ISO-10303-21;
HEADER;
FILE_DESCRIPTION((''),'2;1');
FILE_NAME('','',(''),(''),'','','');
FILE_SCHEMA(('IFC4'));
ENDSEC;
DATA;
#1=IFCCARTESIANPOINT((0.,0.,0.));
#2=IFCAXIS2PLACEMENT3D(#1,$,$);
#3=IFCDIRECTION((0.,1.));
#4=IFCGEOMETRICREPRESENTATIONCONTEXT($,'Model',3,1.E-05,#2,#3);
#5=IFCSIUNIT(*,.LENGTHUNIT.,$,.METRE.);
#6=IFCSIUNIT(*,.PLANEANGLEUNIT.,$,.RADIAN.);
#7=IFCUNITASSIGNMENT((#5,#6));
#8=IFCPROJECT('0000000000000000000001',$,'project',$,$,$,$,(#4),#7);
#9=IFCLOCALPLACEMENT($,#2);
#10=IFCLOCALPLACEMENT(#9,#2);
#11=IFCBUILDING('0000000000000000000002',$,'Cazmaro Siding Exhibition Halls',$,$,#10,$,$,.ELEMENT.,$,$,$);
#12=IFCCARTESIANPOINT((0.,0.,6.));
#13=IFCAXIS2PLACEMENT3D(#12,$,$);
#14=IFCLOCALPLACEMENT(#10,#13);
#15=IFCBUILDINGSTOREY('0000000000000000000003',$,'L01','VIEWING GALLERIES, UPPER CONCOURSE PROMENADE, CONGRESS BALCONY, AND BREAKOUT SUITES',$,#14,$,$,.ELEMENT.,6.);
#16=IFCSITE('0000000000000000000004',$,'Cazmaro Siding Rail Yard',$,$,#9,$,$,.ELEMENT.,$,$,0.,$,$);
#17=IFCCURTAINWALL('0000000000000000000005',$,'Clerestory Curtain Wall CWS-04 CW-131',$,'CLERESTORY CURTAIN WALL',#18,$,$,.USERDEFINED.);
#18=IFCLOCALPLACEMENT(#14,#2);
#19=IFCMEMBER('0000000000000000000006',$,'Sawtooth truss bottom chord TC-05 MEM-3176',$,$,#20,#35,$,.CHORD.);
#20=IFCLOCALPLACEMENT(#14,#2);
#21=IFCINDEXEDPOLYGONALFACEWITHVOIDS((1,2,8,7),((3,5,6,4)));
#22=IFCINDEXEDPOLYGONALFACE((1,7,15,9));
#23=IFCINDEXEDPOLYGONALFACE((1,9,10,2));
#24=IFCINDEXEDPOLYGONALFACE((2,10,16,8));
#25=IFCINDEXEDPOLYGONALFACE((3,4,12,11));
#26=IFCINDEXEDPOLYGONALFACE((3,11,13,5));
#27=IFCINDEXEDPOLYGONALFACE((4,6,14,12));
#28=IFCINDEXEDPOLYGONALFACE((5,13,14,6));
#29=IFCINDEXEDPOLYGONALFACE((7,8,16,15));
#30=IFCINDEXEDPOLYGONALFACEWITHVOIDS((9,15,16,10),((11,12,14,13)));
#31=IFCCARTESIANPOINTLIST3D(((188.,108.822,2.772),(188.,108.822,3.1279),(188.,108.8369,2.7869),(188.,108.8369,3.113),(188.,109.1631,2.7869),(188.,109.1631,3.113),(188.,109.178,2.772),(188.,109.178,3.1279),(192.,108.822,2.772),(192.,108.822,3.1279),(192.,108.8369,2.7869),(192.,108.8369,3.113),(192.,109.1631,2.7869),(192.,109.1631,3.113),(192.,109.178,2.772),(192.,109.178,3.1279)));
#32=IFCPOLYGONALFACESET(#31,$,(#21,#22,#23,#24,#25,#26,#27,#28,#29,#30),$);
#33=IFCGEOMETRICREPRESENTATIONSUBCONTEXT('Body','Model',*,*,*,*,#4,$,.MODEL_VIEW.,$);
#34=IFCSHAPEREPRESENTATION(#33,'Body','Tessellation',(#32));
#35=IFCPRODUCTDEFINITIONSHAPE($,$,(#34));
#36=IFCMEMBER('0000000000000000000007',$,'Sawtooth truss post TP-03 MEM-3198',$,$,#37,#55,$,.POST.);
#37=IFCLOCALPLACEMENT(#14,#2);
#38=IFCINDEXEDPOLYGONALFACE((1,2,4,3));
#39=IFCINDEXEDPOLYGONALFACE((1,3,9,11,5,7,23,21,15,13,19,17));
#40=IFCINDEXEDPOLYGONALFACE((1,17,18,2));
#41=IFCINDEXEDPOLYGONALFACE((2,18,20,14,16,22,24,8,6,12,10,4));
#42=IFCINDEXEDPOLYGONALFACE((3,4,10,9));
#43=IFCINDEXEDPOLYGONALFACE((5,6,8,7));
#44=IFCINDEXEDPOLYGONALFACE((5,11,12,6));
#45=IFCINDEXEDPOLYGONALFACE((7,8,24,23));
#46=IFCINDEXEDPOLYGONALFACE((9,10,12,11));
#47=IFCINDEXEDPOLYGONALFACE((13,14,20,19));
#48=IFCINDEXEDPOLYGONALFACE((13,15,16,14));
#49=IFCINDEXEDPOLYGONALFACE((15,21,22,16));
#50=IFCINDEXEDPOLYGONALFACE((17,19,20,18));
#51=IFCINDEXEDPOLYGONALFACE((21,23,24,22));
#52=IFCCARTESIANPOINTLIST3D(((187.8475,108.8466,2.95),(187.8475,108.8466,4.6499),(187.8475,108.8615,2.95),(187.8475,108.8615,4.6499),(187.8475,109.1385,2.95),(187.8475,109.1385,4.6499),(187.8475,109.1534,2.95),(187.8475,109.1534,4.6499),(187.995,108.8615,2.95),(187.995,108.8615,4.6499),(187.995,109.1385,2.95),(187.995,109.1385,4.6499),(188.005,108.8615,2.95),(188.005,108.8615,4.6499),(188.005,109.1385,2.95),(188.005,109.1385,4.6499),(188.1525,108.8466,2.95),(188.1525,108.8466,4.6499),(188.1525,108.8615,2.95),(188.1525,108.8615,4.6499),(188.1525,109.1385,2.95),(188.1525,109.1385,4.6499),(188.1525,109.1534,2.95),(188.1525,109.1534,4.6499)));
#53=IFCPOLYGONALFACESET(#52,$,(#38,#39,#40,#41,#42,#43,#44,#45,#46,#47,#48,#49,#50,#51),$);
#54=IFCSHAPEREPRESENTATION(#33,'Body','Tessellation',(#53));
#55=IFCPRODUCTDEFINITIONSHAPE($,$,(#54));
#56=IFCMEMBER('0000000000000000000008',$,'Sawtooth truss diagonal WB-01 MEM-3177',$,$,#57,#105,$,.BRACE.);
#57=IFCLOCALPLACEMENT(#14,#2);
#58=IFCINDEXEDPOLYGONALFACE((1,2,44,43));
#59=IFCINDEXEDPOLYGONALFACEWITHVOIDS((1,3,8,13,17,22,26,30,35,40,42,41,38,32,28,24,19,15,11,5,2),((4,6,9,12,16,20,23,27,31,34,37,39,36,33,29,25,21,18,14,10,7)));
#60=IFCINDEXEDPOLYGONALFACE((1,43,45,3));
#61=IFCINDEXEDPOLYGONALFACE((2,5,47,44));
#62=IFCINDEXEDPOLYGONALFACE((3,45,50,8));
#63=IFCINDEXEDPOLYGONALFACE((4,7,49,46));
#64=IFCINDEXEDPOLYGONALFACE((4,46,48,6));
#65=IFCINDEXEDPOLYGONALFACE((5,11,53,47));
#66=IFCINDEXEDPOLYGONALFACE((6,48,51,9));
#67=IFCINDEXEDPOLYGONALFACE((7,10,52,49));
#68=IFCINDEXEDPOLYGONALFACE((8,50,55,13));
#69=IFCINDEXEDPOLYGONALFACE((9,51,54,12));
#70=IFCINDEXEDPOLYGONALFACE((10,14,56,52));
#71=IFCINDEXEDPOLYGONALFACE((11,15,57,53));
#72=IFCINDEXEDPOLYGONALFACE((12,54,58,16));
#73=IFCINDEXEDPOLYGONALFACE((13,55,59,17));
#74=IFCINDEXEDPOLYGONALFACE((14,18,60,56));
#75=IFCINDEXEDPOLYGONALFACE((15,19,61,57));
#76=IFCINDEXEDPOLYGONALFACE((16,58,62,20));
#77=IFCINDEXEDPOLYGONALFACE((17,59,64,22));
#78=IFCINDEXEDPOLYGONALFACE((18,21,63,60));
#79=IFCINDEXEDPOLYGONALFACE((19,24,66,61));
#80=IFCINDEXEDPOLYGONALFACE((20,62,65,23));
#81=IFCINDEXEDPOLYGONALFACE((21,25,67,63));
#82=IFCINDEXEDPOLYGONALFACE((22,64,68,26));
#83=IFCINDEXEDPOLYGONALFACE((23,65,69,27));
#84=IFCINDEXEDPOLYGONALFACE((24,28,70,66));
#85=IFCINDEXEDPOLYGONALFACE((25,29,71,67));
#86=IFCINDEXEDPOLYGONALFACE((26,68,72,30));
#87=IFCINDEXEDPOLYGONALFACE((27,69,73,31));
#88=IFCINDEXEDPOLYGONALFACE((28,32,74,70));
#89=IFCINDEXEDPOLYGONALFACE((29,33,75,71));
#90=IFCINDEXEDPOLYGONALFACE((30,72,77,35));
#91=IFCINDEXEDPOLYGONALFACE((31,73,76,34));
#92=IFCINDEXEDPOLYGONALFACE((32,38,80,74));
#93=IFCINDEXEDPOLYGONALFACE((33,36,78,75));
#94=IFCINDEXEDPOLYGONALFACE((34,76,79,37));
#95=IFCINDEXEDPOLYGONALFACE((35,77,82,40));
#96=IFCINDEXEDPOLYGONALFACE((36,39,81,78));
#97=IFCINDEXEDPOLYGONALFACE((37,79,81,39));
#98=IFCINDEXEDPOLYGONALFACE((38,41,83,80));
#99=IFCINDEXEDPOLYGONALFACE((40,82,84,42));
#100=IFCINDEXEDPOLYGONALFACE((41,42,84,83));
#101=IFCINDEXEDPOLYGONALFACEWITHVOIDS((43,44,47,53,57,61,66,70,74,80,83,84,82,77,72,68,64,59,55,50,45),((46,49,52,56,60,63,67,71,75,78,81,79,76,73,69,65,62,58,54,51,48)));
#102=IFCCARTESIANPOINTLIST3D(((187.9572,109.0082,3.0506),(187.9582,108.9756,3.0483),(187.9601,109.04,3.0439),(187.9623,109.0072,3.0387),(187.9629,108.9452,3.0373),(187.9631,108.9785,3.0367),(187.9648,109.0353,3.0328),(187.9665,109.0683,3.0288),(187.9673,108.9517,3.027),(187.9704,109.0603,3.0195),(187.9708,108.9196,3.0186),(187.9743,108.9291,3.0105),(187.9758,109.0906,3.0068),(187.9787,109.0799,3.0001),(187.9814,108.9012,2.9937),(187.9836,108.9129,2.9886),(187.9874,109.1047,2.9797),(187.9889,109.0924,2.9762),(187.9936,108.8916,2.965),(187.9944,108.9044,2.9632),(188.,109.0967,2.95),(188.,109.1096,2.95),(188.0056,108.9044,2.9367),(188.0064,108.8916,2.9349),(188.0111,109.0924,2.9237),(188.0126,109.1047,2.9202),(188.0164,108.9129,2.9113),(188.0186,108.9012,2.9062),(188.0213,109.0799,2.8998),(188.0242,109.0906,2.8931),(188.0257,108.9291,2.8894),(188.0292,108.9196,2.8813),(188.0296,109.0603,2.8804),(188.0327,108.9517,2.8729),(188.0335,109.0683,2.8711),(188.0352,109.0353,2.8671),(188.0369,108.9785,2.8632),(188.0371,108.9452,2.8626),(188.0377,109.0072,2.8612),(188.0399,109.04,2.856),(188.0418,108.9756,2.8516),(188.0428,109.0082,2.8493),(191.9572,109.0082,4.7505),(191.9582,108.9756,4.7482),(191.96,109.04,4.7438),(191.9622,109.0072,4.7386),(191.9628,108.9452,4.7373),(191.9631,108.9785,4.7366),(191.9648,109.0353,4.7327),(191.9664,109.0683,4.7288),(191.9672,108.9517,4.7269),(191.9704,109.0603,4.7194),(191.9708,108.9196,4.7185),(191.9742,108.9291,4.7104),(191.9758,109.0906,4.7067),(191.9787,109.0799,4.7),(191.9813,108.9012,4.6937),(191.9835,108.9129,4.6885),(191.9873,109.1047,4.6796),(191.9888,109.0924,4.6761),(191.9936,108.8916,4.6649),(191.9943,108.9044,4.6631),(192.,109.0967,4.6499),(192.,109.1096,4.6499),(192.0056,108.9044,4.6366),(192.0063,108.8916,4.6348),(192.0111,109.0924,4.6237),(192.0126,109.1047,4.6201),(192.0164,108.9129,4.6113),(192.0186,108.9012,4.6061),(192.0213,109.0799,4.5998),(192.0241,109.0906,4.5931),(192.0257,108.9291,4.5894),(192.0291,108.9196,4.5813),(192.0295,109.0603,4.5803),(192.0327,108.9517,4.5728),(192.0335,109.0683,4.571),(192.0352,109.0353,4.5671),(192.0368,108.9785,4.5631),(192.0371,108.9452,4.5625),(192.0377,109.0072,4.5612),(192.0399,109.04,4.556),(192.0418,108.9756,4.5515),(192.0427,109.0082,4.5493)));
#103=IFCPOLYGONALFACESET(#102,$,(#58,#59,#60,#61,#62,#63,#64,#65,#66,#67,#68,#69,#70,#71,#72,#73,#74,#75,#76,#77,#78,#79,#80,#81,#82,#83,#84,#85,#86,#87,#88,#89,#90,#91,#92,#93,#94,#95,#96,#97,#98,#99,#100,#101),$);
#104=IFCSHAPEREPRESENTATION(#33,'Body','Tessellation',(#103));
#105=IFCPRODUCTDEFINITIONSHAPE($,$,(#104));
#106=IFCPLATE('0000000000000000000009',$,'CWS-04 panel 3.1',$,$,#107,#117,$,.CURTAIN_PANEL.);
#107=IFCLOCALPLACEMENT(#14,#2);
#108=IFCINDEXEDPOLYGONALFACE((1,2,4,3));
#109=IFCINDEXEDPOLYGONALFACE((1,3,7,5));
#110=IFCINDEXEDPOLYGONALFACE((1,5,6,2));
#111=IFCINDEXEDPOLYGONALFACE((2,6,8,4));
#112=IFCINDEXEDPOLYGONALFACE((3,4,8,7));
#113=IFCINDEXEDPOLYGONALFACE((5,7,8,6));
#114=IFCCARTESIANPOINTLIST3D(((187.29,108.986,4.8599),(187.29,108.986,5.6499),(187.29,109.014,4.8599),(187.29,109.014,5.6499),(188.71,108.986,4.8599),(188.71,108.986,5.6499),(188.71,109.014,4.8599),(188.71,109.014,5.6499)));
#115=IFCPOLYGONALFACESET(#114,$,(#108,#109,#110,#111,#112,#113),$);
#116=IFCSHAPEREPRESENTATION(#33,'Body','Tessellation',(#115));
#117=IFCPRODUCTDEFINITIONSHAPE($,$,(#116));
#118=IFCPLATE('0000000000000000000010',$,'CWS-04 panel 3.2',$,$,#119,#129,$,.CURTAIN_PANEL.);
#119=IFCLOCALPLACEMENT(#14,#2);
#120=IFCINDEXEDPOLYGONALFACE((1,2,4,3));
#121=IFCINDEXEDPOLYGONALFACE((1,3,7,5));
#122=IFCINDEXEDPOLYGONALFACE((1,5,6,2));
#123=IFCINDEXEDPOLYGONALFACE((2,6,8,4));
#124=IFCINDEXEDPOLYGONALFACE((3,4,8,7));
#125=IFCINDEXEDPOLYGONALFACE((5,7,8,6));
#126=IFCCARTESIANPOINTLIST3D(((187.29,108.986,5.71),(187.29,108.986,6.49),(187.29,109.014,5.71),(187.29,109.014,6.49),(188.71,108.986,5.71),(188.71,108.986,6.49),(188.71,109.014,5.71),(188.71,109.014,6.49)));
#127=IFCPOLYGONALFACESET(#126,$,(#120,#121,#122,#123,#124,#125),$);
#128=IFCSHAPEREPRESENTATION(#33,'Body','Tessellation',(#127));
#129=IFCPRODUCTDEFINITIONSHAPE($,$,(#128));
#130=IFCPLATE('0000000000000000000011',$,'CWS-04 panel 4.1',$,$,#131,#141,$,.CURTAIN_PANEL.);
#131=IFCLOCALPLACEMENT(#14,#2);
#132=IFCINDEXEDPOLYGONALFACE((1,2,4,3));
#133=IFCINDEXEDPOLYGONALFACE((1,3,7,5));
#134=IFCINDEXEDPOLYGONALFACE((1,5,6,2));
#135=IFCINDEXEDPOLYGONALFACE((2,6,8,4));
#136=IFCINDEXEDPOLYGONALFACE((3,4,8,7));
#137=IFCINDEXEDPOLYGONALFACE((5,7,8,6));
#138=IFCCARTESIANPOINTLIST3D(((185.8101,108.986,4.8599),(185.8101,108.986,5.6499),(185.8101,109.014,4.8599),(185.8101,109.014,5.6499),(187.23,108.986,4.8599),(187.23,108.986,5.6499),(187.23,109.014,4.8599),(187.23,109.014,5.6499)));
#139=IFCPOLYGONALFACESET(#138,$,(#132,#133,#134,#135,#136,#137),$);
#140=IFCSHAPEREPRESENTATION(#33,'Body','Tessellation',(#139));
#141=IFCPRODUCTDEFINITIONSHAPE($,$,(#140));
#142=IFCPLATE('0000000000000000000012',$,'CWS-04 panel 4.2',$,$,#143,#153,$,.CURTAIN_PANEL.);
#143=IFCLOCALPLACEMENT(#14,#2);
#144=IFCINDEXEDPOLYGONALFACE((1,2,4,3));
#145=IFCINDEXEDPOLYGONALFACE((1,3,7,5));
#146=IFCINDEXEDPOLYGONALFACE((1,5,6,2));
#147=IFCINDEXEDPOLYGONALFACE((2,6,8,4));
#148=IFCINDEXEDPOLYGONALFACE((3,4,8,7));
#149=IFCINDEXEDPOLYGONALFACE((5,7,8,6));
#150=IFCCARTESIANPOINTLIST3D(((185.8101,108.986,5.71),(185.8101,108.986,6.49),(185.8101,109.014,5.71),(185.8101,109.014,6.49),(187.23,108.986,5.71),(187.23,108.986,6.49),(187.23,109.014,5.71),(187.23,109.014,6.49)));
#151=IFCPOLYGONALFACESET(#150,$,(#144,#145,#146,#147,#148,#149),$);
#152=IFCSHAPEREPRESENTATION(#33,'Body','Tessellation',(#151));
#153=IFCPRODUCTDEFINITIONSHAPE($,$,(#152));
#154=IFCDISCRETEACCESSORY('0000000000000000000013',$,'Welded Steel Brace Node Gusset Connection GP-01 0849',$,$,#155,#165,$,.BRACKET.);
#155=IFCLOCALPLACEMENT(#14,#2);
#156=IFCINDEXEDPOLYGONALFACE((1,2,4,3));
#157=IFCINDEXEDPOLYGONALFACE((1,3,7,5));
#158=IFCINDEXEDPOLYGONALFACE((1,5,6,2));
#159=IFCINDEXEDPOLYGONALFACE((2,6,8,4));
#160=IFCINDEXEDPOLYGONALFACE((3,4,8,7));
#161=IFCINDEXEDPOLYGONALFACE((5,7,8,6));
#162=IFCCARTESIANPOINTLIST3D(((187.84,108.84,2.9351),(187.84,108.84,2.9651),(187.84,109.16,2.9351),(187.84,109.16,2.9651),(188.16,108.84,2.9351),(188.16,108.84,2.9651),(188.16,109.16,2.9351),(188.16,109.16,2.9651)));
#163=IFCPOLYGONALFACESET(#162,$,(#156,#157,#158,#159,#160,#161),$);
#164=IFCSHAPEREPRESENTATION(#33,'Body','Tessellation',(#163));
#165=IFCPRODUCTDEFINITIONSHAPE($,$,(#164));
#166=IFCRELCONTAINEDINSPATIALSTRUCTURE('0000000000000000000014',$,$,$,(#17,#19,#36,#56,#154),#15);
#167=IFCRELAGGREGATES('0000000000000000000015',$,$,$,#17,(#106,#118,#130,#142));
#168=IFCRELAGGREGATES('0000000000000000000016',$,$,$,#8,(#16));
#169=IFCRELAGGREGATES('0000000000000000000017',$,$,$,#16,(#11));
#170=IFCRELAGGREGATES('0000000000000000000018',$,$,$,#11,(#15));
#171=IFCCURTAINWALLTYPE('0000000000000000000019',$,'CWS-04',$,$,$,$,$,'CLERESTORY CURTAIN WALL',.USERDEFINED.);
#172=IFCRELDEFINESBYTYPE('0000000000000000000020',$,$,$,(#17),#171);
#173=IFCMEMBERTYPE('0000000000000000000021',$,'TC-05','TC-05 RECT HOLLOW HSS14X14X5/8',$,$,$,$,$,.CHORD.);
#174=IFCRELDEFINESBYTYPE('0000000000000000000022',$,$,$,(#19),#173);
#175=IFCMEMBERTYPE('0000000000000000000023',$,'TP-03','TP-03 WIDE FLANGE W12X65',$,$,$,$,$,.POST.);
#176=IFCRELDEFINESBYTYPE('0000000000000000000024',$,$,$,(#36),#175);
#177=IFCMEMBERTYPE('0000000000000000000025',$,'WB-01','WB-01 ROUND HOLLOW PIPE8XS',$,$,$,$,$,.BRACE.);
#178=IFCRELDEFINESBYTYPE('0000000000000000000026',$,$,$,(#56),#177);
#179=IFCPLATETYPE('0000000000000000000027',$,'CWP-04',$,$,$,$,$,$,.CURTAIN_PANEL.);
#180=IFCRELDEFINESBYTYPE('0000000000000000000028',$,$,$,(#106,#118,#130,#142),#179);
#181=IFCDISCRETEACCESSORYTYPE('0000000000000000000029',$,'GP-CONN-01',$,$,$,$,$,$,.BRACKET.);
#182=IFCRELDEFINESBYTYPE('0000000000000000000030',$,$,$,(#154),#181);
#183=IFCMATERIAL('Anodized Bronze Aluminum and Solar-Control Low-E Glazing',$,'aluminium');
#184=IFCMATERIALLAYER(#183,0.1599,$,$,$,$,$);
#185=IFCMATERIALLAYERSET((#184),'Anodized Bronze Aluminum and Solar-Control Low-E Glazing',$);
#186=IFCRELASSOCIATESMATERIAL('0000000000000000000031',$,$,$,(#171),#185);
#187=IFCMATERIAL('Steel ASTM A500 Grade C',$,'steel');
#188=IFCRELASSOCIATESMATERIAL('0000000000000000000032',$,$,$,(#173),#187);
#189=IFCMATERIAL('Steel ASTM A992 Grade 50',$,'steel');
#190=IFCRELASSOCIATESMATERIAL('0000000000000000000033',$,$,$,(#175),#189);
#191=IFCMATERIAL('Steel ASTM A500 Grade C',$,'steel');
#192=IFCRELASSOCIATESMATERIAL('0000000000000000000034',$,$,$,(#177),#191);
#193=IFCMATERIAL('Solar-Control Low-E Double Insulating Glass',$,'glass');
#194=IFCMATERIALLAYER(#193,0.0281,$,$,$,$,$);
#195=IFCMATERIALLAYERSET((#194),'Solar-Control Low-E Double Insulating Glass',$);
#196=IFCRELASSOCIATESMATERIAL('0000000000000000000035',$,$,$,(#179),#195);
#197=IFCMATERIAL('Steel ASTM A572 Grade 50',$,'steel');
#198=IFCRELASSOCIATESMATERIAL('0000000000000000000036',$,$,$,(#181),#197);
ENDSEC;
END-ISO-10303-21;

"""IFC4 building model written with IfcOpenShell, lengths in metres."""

from ifc_helpers import new_model, si_unit, direction, frame, origin, origin_2d, place, context, subcontext, project, spatial, rectangle, hollow_rectangle, hollow_circle, i_section, extrude, material, layer, layer_set, material_profile, profile_set, type_object, element, aggregate, save


model = new_model("IFC4")

# Units and contexts
model_context = context("Model", 3, precision=1e-05, world=origin(), true_north=direction((0.0, 1.0)))
body_context = subcontext(model_context, "Body", "Model", "MODEL_VIEW")
ifc_project = project(units=[si_unit("LENGTHUNIT", "METRE"), si_unit("PLANEANGLEUNIT", "RADIAN")], contexts=[model_context])

# Site, building, storey
site_placement = place(None, origin())
site = spatial("IfcSite", under=ifc_project, at=site_placement, Name="Cazmaro Siding Rail Yard", CompositionType="ELEMENT", RefElevation=0.0)
building_placement = place(site_placement, origin())
building = spatial("IfcBuilding", under=site, at=building_placement, Name="Cazmaro Siding Exhibition Halls", CompositionType="ELEMENT")
storey_placement = place(building_placement, frame((0.0, 0.0, 6.0)))
storey = spatial("IfcBuildingStorey", under=building, at=storey_placement, Name="L01", Description="VIEWING GALLERIES, UPPER CONCOURSE PROMENADE, CONGRESS BALCONY, AND BREAKOUT SUITES", CompositionType="ELEMENT", Elevation=6.0)

# Curtain wall
ifc_material_1 = material(Name="Anodized Bronze Aluminum and Solar-Control Low-E Glazing", Category="aluminium")
ifc_layer_1 = layer(ifc_material_1, 0.1599)
ifc_layer_set_1 = layer_set([ifc_layer_1], Name="Anodized Bronze Aluminum and Solar-Control Low-E Glazing")
curtain_wall_type = type_object("IfcCurtainWallType", Name="CWS-04", ElementType="CLERESTORY CURTAIN WALL", PredefinedType="USERDEFINED", material=ifc_layer_set_1)
curtain_wall_placement = place(storey_placement, origin())
curtain_wall = element("IfcCurtainWall", 1, at=curtain_wall_placement, inside=storey, type_object=curtain_wall_type, Name="Clerestory Curtain Wall CWS-04 CW-131", ObjectType="CLERESTORY CURTAIN WALL", PredefinedType="USERDEFINED")

# Members
ifc_material_2 = material(Name="Steel ASTM A500 Grade C", Category="steel")
ifc_material_profile_1 = material_profile(ifc_material_2, hollow_rectangle(XDim=0.356, YDim=0.356, WallThickness=0.0149, at=origin_2d()), Name="HSS14X14X5/8")
ifc_profile_set_1 = profile_set([ifc_material_profile_1], Name="Steel ASTM A500 Grade C")
member_type_1 = type_object("IfcMemberType", Name="TC-05", Description="TC-05 RECT HOLLOW HSS14X14X5/8", PredefinedType="CHORD", material=ifc_profile_set_1)
member_1_placement = place(storey_placement, frame((188.0, 109.0, 2.95), z_axis=(1.0, 0.0, 0.0), x_axis=(0.0, 1.0, 0.0)))
element("IfcMember", 2, at=member_1_placement, inside=storey, type_object=member_type_1, Name="Sawtooth truss bottom chord TC-05 MEM-3176", PredefinedType="CHORD", context=body_context, shape_type="SweptSolid", body=[
    extrude(hollow_rectangle(XDim=0.356, YDim=0.356, WallThickness=0.0149, at=origin_2d()), origin(), (0.0, 0.0, 1.0), 4.0),
])
ifc_material_3 = material(Name="Steel ASTM A992 Grade 50", Category="steel")
ifc_material_profile_2 = material_profile(ifc_material_3, i_section(OverallWidth=0.3049, OverallDepth=0.3069, WebThickness=0.01, FlangeThickness=0.0149, at=origin_2d()), Name="W12X65")
ifc_profile_set_2 = profile_set([ifc_material_profile_2], Name="Steel ASTM A992 Grade 50")
member_type_2 = type_object("IfcMemberType", Name="TP-03", Description="TP-03 WIDE FLANGE W12X65", PredefinedType="POST", material=ifc_profile_set_2)
member_2_placement = place(storey_placement, frame((188.0, 109.0, 2.95), z_axis=(0.0, 0.0, 1.0), x_axis=(1.0, 0.0, 0.0)))
element("IfcMember", 3, at=member_2_placement, inside=storey, type_object=member_type_2, Name="Sawtooth truss post TP-03 MEM-3198", PredefinedType="POST", context=body_context, shape_type="SweptSolid", body=[
    extrude(i_section(OverallWidth=0.3049, OverallDepth=0.3069, WebThickness=0.01, FlangeThickness=0.0149, at=origin_2d()), origin(), (0.0, 0.0, 1.0), 1.7),
])
ifc_material_4 = material(Name="Steel ASTM A500 Grade C", Category="steel")
ifc_material_profile_3 = material_profile(ifc_material_4, hollow_circle(Radius=0.1096, WallThickness=0.0129, at=origin_2d()), Name="PIPE8XS")
ifc_profile_set_3 = profile_set([ifc_material_profile_3], Name="Steel ASTM A500 Grade C")
member_type_3 = type_object("IfcMemberType", Name="WB-01", Description="WB-01 ROUND HOLLOW PIPE8XS", PredefinedType="BRACE", material=ifc_profile_set_3)
member_3_placement = place(storey_placement, frame((188.0, 109.0, 2.95), z_axis=(0.920335, 0.0, 0.391131), x_axis=(0.0, 1.0, 0.0)))
element("IfcMember", 4, at=member_3_placement, inside=storey, type_object=member_type_3, Name="Sawtooth truss diagonal WB-01 MEM-3177", PredefinedType="BRACE", context=body_context, shape_type="SweptSolid", body=[
    extrude(hollow_circle(Radius=0.1096, WallThickness=0.0129, at=origin_2d()), origin(), (0.0, 0.0, 1.0), 4.3462),
])

# Plates
ifc_material_5 = material(Name="Solar-Control Low-E Double Insulating Glass", Category="glass")
ifc_layer_2 = layer(ifc_material_5, 0.0281)
ifc_layer_set_2 = layer_set([ifc_layer_2], Name="Solar-Control Low-E Double Insulating Glass")
plate_type = type_object("IfcPlateType", Name="CWP-04", PredefinedType="CURTAIN_PANEL", material=ifc_layer_set_2)
plate_1_placement = place(storey_placement, frame((188.0, 109.0, 4.8599), z_axis=(0.0, 0.0, 1.0), x_axis=(-1.0, 0.0, 0.0)))
plate_1 = element("IfcPlate", 5, at=plate_1_placement, type_object=plate_type, Name="CWS-04 panel 3.1", PredefinedType="CURTAIN_PANEL", context=body_context, shape_type="SweptSolid", body=[
    extrude(rectangle(XDim=1.4199, YDim=0.0281, at=origin_2d()), origin(), (0.0, 0.0, 1.0), 0.79),
])
plate_2_placement = place(storey_placement, frame((188.0, 109.0, 5.71), z_axis=(0.0, 0.0, 1.0), x_axis=(-1.0, 0.0, 0.0)))
plate_2 = element("IfcPlate", 6, at=plate_2_placement, type_object=plate_type, Name="CWS-04 panel 3.2", PredefinedType="CURTAIN_PANEL", context=body_context, shape_type="SweptSolid", body=[
    extrude(rectangle(XDim=1.4199, YDim=0.0281, at=origin_2d()), origin(), (0.0, 0.0, 1.0), 0.78),
])
plate_3_placement = place(storey_placement, frame((186.52, 109.0, 4.8599), z_axis=(0.0, 0.0, 1.0), x_axis=(-1.0, 0.0, 0.0)))
plate_3 = element("IfcPlate", 7, at=plate_3_placement, type_object=plate_type, Name="CWS-04 panel 4.1", PredefinedType="CURTAIN_PANEL", context=body_context, shape_type="SweptSolid", body=[
    extrude(rectangle(XDim=1.4199, YDim=0.0281, at=origin_2d()), origin(), (0.0, 0.0, 1.0), 0.79),
])
plate_4_placement = place(storey_placement, frame((186.52, 109.0, 5.71), z_axis=(0.0, 0.0, 1.0), x_axis=(-1.0, 0.0, 0.0)))
plate_4 = element("IfcPlate", 8, at=plate_4_placement, type_object=plate_type, Name="CWS-04 panel 4.2", PredefinedType="CURTAIN_PANEL", context=body_context, shape_type="SweptSolid", body=[
    extrude(rectangle(XDim=1.4199, YDim=0.0281, at=origin_2d()), origin(), (0.0, 0.0, 1.0), 0.78),
])
aggregate(curtain_wall, [plate_1, plate_2, plate_3, plate_4])

# Discrete accessory
ifc_material_6 = material(Name="Steel ASTM A572 Grade 50", Category="steel")
discrete_accessory_type = type_object("IfcDiscreteAccessoryType", Name="GP-CONN-01", PredefinedType="BRACKET", material=ifc_material_6)
discrete_accessory_placement = place(storey_placement, frame((188.0, 109.0, 2.9351), z_axis=(0.0, 0.0, 1.0), x_axis=(1.0, 0.0, 0.0)))
element("IfcDiscreteAccessory", 9, at=discrete_accessory_placement, inside=storey, type_object=discrete_accessory_type, Name="Welded Steel Brace Node Gusset Connection GP-01 0849", PredefinedType="BRACKET", context=body_context, shape_type="SweptSolid", body=[
    extrude(rectangle(XDim=0.3201, YDim=0.3201, at=origin_2d()), origin(), (0.0, 0.0, 1.0), 0.03),
])

save(model, "model.ifc")
